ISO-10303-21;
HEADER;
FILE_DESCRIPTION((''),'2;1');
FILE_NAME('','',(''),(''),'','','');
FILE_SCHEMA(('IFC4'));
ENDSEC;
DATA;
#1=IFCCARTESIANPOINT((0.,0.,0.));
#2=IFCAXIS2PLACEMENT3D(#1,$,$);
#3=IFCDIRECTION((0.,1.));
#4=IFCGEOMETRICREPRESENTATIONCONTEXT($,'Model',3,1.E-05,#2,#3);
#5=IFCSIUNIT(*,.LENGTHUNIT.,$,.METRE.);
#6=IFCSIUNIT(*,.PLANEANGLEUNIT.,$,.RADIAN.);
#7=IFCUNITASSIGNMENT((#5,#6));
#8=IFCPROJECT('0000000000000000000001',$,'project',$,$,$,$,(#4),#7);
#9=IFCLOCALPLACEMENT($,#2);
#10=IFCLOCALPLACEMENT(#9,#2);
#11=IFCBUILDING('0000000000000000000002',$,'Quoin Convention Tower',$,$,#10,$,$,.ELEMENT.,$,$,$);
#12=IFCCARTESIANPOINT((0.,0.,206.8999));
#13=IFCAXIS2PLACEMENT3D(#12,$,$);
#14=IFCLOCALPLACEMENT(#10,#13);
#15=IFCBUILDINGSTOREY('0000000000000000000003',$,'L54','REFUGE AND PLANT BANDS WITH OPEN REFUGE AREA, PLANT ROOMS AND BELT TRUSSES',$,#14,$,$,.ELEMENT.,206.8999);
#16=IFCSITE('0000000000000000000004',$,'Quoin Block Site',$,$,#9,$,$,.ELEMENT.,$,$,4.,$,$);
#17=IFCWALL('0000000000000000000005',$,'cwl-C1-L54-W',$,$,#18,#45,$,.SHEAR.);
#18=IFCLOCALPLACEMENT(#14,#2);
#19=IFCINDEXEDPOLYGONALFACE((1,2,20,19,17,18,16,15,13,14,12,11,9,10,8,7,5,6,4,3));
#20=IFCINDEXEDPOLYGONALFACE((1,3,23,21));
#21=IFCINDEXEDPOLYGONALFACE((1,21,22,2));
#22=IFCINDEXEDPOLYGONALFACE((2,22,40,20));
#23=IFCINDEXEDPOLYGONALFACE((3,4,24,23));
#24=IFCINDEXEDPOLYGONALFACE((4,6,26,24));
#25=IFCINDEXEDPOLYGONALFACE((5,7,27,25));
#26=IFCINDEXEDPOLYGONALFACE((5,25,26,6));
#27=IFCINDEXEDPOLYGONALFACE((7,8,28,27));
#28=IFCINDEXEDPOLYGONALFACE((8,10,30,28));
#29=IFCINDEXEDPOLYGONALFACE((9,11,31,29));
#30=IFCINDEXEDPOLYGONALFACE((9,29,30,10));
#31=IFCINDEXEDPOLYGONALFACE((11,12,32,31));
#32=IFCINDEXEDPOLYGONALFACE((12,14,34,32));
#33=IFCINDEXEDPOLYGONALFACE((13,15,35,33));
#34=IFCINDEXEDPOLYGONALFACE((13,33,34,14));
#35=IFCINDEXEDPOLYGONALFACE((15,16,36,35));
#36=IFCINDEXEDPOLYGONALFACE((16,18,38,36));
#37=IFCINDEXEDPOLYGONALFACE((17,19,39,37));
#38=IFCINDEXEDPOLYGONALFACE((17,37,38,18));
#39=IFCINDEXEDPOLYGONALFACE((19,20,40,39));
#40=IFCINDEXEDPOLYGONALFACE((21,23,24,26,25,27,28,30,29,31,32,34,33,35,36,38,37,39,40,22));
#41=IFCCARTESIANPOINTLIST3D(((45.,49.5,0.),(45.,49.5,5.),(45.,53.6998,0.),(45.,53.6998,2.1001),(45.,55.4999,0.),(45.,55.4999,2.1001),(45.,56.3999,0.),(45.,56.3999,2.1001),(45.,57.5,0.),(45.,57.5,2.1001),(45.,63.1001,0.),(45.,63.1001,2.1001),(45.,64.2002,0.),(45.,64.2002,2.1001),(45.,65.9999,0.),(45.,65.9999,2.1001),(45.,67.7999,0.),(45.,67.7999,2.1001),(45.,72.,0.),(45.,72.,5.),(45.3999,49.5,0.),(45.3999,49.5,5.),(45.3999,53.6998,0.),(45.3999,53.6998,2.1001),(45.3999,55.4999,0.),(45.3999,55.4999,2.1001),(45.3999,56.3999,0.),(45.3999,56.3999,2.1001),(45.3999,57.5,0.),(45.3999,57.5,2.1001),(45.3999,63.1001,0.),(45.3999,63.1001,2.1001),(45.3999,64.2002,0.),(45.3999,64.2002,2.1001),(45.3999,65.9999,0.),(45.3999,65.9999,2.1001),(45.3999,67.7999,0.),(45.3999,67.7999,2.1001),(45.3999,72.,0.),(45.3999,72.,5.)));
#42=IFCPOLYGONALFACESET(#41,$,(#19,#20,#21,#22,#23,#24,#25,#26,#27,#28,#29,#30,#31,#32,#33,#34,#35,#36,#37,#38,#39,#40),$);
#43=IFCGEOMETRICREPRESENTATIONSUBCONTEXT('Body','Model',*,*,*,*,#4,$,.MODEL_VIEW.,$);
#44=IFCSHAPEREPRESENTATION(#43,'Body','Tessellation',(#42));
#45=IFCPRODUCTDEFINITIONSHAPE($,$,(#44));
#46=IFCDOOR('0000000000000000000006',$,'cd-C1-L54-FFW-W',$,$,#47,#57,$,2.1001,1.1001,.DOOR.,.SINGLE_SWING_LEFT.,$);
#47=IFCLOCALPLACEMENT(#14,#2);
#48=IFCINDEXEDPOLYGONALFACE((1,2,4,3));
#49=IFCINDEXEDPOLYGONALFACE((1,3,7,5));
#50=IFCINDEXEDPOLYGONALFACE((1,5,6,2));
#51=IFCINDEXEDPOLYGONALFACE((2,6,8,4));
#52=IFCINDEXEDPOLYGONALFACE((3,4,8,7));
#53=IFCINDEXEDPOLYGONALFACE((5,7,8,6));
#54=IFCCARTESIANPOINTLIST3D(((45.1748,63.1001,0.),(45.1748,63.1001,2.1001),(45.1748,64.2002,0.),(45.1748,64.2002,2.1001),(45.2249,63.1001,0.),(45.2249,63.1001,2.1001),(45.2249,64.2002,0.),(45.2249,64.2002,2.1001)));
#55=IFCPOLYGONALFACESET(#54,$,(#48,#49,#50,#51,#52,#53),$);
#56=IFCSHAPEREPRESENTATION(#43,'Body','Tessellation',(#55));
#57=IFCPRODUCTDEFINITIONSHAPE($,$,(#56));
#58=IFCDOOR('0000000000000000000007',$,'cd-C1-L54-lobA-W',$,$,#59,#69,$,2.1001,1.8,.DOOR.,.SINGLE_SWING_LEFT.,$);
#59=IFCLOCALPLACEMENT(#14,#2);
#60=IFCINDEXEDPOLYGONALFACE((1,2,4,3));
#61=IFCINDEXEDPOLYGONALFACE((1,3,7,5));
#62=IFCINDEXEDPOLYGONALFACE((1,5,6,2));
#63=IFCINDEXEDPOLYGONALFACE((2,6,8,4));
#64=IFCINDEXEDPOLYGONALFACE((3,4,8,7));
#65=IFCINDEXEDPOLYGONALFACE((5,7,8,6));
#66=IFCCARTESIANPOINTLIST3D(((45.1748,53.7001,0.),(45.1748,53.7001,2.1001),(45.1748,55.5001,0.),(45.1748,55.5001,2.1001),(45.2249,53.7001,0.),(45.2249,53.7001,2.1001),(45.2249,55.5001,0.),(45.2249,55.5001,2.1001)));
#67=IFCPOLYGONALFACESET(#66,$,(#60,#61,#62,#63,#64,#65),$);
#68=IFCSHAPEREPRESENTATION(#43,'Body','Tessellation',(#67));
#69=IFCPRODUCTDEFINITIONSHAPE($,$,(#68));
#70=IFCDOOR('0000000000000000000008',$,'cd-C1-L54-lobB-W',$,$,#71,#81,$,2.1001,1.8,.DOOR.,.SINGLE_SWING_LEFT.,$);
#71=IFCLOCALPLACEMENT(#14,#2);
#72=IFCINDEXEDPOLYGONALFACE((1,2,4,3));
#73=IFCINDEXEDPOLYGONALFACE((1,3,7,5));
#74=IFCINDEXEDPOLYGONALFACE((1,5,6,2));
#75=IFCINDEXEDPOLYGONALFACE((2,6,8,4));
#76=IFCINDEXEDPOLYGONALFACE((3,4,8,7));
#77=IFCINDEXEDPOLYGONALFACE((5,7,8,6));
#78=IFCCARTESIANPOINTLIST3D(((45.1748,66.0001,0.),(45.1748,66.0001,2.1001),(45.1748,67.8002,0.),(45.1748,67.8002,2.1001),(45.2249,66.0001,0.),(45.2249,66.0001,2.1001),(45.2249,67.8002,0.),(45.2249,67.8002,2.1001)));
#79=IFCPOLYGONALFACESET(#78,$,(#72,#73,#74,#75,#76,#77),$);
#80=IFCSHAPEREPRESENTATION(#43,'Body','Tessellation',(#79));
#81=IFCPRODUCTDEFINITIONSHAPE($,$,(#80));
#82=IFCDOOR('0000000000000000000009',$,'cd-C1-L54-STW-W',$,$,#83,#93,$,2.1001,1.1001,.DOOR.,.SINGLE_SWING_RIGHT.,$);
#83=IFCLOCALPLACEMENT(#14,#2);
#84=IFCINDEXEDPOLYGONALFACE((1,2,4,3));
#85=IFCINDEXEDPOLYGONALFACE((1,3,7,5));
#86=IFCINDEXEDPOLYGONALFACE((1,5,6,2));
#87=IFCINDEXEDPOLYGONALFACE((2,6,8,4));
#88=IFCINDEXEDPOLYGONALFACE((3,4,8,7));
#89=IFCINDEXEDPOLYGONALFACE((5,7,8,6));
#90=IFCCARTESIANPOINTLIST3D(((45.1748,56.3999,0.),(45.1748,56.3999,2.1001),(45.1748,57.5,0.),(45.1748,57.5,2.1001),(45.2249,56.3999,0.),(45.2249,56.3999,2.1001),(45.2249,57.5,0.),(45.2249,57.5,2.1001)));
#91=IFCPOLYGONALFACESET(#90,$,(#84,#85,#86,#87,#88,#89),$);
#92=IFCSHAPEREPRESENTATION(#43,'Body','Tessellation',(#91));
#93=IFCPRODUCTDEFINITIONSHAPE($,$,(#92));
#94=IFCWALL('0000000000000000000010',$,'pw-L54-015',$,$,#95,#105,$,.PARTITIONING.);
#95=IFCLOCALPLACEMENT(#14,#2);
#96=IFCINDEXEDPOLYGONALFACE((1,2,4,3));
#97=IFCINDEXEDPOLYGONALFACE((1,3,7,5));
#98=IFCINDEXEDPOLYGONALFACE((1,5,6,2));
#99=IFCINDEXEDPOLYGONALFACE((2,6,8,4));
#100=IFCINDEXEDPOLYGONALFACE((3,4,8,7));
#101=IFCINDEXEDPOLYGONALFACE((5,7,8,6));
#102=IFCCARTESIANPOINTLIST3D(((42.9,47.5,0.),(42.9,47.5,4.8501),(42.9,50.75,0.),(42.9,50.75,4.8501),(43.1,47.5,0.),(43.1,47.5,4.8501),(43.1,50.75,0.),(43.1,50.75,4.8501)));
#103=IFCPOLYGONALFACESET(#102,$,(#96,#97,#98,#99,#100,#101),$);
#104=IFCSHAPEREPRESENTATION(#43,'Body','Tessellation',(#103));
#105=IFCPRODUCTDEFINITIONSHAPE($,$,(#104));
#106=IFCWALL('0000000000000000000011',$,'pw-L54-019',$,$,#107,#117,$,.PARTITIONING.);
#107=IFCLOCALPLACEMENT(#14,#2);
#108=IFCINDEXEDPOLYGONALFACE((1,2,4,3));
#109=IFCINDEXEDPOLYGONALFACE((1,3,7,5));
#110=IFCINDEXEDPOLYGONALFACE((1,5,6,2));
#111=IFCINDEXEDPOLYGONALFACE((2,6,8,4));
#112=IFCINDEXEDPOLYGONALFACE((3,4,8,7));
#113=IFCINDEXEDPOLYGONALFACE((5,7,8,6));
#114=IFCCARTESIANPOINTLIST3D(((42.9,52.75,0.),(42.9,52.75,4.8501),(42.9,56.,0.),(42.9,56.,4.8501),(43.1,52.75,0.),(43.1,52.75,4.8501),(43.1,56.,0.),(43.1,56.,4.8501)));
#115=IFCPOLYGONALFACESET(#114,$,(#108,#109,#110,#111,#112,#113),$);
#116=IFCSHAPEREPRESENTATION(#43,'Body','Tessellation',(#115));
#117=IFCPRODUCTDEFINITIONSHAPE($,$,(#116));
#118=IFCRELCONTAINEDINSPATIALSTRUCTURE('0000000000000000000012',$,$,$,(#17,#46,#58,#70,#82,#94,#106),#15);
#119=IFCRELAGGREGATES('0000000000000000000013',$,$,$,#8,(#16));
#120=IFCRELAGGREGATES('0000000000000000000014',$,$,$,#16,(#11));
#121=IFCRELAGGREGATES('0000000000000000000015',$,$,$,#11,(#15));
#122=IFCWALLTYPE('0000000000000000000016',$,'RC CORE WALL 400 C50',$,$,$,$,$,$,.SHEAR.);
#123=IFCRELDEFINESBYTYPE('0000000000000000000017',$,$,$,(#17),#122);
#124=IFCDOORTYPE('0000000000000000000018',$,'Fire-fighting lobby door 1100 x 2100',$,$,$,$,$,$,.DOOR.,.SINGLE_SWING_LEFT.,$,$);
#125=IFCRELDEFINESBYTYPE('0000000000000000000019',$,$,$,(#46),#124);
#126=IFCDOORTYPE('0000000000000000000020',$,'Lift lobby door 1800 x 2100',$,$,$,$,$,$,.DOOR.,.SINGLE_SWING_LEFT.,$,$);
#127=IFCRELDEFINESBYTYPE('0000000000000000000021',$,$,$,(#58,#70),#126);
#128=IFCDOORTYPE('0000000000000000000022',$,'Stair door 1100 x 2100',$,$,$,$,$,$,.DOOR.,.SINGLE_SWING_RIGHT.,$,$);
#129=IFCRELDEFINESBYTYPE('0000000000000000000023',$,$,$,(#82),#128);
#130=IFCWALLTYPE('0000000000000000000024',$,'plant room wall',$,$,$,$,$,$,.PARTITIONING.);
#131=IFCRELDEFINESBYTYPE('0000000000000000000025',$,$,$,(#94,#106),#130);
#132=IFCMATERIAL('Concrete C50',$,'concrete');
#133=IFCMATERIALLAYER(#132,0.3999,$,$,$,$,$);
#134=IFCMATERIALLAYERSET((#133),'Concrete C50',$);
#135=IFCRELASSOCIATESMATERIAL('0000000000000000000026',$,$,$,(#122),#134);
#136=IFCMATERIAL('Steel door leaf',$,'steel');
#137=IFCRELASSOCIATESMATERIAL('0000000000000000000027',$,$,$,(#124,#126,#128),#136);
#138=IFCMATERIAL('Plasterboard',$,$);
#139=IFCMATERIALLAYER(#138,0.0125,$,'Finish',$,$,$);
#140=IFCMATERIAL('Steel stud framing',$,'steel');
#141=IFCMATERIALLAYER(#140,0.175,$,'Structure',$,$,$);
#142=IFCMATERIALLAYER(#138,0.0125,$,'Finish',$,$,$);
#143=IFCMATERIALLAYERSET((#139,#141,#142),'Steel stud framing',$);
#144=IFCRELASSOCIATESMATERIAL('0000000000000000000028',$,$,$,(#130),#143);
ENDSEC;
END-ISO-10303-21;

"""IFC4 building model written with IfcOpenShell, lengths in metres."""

from ifc_helpers import new_model, si_unit, direction, frame, frame_2d, origin, place, context, subcontext, project, spatial, rectangle, extrude, material, layer, layer_set, type_object, element, fill, save


model = new_model("IFC4")

# Units and contexts
model_context = context("Model", 3, precision=1e-05, world=origin(), true_north=direction((0.0, 1.0)))
body_context = subcontext(model_context, "Body", "Model", "MODEL_VIEW")
ifc_project = project(units=[si_unit("LENGTHUNIT", "METRE"), si_unit("PLANEANGLEUNIT", "RADIAN")], contexts=[model_context])

# Site, building, storey
site_placement = place(None, origin())
site = spatial("IfcSite", under=ifc_project, at=site_placement, Name="Quoin Block Site", CompositionType="ELEMENT", RefElevation=4.0)
building_placement = place(site_placement, origin())
building = spatial("IfcBuilding", under=site, at=building_placement, Name="Quoin Convention Tower", CompositionType="ELEMENT")
storey_placement = place(building_placement, frame((0.0, 0.0, 206.8999)))
storey = spatial("IfcBuildingStorey", under=building, at=storey_placement, Name="L54", Description="REFUGE AND PLANT BANDS WITH OPEN REFUGE AREA, PLANT ROOMS AND BELT TRUSSES", CompositionType="ELEMENT", Elevation=206.8999)

# Shared definitions
ifc_material_1 = material(Name="Concrete C50", Category="concrete")

# Shared definitions
ifc_material_2 = material(Name="Plasterboard")
ifc_material_3 = material(Name="Steel stud framing", Category="steel")
ifc_material_4 = material(Name="Steel door leaf", Category="steel")

# Shared definitions
ifc_layer_1 = layer(ifc_material_1, 0.3999)
ifc_layer_set_1 = layer_set([ifc_layer_1], Name="Concrete C50")
wall_type_1 = type_object("IfcWallType", Name="RC CORE WALL 400 C50", PredefinedType="SHEAR", material=ifc_layer_set_1)

# Wall, openings, doors
wall_1_placement = place(storey_placement, frame((45.2, 49.5, 0.0), z_axis=(0.0, 0.0, 1.0), x_axis=(0.0, 1.0, 0.0)))
wall_1 = element("IfcWall", 1, at=wall_1_placement, inside=storey, type_object=wall_type_1, Name="cwl-C1-L54-W", PredefinedType="SHEAR", context=body_context, shape_type="SweptSolid", body=[
    extrude(rectangle(XDim=22.5, YDim=0.3999, at=frame_2d((11.25, 0.0))), origin(), (0.0, 0.0, 1.0), 5.0),
])
opening_1_placement = place(wall_1_placement, frame((4.2, 0.0, 0.0)))
opening_1 = element("IfcOpeningElement", 2, at=opening_1_placement, cuts=wall_1, PredefinedType="OPENING", context=body_context, shape_type="SweptSolid", body=[
    extrude(rectangle(XDim=1.8, YDim=2.1001, at=frame_2d((0.8999, 1.05))), frame((0.0, 0.21, 0.0), z_axis=(0.0, -1.0, 0.0), x_axis=(1.0, 0.0, 0.0)), (0.0, 0.0, 1.0), 0.4199),
])
opening_2_placement = place(wall_1_placement, frame((6.8999, 0.0, 0.0)))
opening_2 = element("IfcOpeningElement", 3, at=opening_2_placement, cuts=wall_1, PredefinedType="OPENING", context=body_context, shape_type="SweptSolid", body=[
    extrude(rectangle(XDim=1.1001, YDim=2.1001, at=frame_2d((0.55, 1.05))), frame((0.0, 0.21, 0.0), z_axis=(0.0, -1.0, 0.0), x_axis=(1.0, 0.0, 0.0)), (0.0, 0.0, 1.0), 0.4199),
])
opening_3_placement = place(wall_1_placement, frame((13.6001, 0.0, 0.0)))
opening_3 = element("IfcOpeningElement", 4, at=opening_3_placement, cuts=wall_1, PredefinedType="OPENING", context=body_context, shape_type="SweptSolid", body=[
    extrude(rectangle(XDim=1.1001, YDim=2.1001, at=frame_2d((0.55, 1.05))), frame((0.0, 0.21, 0.0), z_axis=(0.0, -1.0, 0.0), x_axis=(1.0, 0.0, 0.0)), (0.0, 0.0, 1.0), 0.4199),
])
opening_4_placement = place(wall_1_placement, frame((16.5, 0.0, 0.0)))
opening_4 = element("IfcOpeningElement", 5, at=opening_4_placement, cuts=wall_1, PredefinedType="OPENING", context=body_context, shape_type="SweptSolid", body=[
    extrude(rectangle(XDim=1.8, YDim=2.1001, at=frame_2d((0.8999, 1.05))), frame((0.0, 0.21, 0.0), z_axis=(0.0, -1.0, 0.0), x_axis=(1.0, 0.0, 0.0)), (0.0, 0.0, 1.0), 0.4199),
])
door_type_1 = type_object("IfcDoorType", Name="Fire-fighting lobby door 1100 x 2100", OperationType="SINGLE_SWING_LEFT", PredefinedType="DOOR", material=ifc_material_4)
door_1_placement = place(opening_3_placement, frame((1.1001, 0.0, 0.0), z_axis=(0.0, 0.0, 1.0), x_axis=(-1.0, 0.0, 0.0)))
door_1 = element("IfcDoor", 6, at=door_1_placement, inside=storey, type_object=door_type_1, Name="cd-C1-L54-FFW-W", OperationType="SINGLE_SWING_LEFT", OverallHeight=2.1001, OverallWidth=1.1001, PredefinedType="DOOR", context=body_context, shape_type="SweptSolid", body=[
    extrude(rectangle(XDim=1.1001, YDim=2.1001, at=frame_2d((0.55, 1.05))), frame((0.0, 0.0249, 0.0), z_axis=(0.0, -1.0, 0.0), x_axis=(1.0, 0.0, 0.0)), (0.0, 0.0, 1.0), 0.05),
])
fill(opening_3, door_1)
door_type_2 = type_object("IfcDoorType", Name="Lift lobby door 1800 x 2100", OperationType="SINGLE_SWING_LEFT", PredefinedType="DOOR", material=ifc_material_4)
door_2_placement = place(opening_1_placement, frame((1.8, 0.0, 0.0), z_axis=(0.0, 0.0, 1.0), x_axis=(-1.0, 0.0, 0.0)))
door_2 = element("IfcDoor", 7, at=door_2_placement, inside=storey, type_object=door_type_2, Name="cd-C1-L54-lobA-W", OperationType="SINGLE_SWING_LEFT", OverallHeight=2.1001, OverallWidth=1.8, PredefinedType="DOOR", context=body_context, shape_type="SweptSolid", body=[
    extrude(rectangle(XDim=1.8, YDim=2.1001, at=frame_2d((0.8999, 1.05))), frame((0.0, 0.0249, 0.0), z_axis=(0.0, -1.0, 0.0), x_axis=(1.0, 0.0, 0.0)), (0.0, 0.0, 1.0), 0.05),
])
fill(opening_1, door_2)
door_3_placement = place(opening_4_placement, frame((1.8, 0.0, 0.0), z_axis=(0.0, 0.0, 1.0), x_axis=(-1.0, 0.0, 0.0)))
door_3 = element("IfcDoor", 8, at=door_3_placement, inside=storey, type_object=door_type_2, Name="cd-C1-L54-lobB-W", OperationType="SINGLE_SWING_LEFT", OverallHeight=2.1001, OverallWidth=1.8, PredefinedType="DOOR", context=body_context, shape_type="SweptSolid", body=[
    extrude(rectangle(XDim=1.8, YDim=2.1001, at=frame_2d((0.8999, 1.05))), frame((0.0, 0.0249, 0.0), z_axis=(0.0, -1.0, 0.0), x_axis=(1.0, 0.0, 0.0)), (0.0, 0.0, 1.0), 0.05),
])
fill(opening_4, door_3)
door_type_3 = type_object("IfcDoorType", Name="Stair door 1100 x 2100", OperationType="SINGLE_SWING_RIGHT", PredefinedType="DOOR", material=ifc_material_4)
door_4_placement = place(opening_2_placement, frame((1.1001, 0.0, 0.0), z_axis=(0.0, 0.0, 1.0), x_axis=(-1.0, 0.0, 0.0)))
door_4 = element("IfcDoor", 9, at=door_4_placement, inside=storey, type_object=door_type_3, Name="cd-C1-L54-STW-W", OperationType="SINGLE_SWING_RIGHT", OverallHeight=2.1001, OverallWidth=1.1001, PredefinedType="DOOR", context=body_context, shape_type="SweptSolid", body=[
    extrude(rectangle(XDim=1.1001, YDim=2.1001, at=frame_2d((0.55, 1.05))), frame((0.0, 0.0249, 0.0), z_axis=(0.0, -1.0, 0.0), x_axis=(1.0, 0.0, 0.0)), (0.0, 0.0, 1.0), 0.05),
])
fill(opening_2, door_4)

# Walls
ifc_layer_2 = layer(ifc_material_2, 0.0125, Name="Finish")
ifc_layer_3 = layer(ifc_material_3, 0.175, Name="Structure")
ifc_layer_4 = layer(ifc_material_2, 0.0125, Name="Finish")
ifc_layer_set_2 = layer_set([ifc_layer_2, ifc_layer_3, ifc_layer_4], Name="Steel stud framing")
wall_type_2 = type_object("IfcWallType", Name="plant room wall", PredefinedType="PARTITIONING", material=ifc_layer_set_2)
for number, where, z_axis, x_axis, name in (
    (10, (43.0, 47.5, 0.0), (0.0, 0.0, 1.0), (0.0, 1.0, 0.0), "pw-L54-015"),
    (11, (43.0, 52.75, 0.0), (0.0, 0.0, 1.0), (0.0, 1.0, 0.0), "pw-L54-019"),
):
    element("IfcWall", number, at=place(storey_placement, frame(where, z_axis=z_axis, x_axis=x_axis)), inside=storey, type_object=wall_type_2, Name=name, PredefinedType="PARTITIONING", context=body_context, shape_type="SweptSolid", body=[
        extrude(rectangle(XDim=3.25, YDim=0.2, at=frame_2d((1.625, 0.0))), origin(), (0.0, 0.0, 1.0), 4.8501),
    ])

save(model, "model.ifc")
